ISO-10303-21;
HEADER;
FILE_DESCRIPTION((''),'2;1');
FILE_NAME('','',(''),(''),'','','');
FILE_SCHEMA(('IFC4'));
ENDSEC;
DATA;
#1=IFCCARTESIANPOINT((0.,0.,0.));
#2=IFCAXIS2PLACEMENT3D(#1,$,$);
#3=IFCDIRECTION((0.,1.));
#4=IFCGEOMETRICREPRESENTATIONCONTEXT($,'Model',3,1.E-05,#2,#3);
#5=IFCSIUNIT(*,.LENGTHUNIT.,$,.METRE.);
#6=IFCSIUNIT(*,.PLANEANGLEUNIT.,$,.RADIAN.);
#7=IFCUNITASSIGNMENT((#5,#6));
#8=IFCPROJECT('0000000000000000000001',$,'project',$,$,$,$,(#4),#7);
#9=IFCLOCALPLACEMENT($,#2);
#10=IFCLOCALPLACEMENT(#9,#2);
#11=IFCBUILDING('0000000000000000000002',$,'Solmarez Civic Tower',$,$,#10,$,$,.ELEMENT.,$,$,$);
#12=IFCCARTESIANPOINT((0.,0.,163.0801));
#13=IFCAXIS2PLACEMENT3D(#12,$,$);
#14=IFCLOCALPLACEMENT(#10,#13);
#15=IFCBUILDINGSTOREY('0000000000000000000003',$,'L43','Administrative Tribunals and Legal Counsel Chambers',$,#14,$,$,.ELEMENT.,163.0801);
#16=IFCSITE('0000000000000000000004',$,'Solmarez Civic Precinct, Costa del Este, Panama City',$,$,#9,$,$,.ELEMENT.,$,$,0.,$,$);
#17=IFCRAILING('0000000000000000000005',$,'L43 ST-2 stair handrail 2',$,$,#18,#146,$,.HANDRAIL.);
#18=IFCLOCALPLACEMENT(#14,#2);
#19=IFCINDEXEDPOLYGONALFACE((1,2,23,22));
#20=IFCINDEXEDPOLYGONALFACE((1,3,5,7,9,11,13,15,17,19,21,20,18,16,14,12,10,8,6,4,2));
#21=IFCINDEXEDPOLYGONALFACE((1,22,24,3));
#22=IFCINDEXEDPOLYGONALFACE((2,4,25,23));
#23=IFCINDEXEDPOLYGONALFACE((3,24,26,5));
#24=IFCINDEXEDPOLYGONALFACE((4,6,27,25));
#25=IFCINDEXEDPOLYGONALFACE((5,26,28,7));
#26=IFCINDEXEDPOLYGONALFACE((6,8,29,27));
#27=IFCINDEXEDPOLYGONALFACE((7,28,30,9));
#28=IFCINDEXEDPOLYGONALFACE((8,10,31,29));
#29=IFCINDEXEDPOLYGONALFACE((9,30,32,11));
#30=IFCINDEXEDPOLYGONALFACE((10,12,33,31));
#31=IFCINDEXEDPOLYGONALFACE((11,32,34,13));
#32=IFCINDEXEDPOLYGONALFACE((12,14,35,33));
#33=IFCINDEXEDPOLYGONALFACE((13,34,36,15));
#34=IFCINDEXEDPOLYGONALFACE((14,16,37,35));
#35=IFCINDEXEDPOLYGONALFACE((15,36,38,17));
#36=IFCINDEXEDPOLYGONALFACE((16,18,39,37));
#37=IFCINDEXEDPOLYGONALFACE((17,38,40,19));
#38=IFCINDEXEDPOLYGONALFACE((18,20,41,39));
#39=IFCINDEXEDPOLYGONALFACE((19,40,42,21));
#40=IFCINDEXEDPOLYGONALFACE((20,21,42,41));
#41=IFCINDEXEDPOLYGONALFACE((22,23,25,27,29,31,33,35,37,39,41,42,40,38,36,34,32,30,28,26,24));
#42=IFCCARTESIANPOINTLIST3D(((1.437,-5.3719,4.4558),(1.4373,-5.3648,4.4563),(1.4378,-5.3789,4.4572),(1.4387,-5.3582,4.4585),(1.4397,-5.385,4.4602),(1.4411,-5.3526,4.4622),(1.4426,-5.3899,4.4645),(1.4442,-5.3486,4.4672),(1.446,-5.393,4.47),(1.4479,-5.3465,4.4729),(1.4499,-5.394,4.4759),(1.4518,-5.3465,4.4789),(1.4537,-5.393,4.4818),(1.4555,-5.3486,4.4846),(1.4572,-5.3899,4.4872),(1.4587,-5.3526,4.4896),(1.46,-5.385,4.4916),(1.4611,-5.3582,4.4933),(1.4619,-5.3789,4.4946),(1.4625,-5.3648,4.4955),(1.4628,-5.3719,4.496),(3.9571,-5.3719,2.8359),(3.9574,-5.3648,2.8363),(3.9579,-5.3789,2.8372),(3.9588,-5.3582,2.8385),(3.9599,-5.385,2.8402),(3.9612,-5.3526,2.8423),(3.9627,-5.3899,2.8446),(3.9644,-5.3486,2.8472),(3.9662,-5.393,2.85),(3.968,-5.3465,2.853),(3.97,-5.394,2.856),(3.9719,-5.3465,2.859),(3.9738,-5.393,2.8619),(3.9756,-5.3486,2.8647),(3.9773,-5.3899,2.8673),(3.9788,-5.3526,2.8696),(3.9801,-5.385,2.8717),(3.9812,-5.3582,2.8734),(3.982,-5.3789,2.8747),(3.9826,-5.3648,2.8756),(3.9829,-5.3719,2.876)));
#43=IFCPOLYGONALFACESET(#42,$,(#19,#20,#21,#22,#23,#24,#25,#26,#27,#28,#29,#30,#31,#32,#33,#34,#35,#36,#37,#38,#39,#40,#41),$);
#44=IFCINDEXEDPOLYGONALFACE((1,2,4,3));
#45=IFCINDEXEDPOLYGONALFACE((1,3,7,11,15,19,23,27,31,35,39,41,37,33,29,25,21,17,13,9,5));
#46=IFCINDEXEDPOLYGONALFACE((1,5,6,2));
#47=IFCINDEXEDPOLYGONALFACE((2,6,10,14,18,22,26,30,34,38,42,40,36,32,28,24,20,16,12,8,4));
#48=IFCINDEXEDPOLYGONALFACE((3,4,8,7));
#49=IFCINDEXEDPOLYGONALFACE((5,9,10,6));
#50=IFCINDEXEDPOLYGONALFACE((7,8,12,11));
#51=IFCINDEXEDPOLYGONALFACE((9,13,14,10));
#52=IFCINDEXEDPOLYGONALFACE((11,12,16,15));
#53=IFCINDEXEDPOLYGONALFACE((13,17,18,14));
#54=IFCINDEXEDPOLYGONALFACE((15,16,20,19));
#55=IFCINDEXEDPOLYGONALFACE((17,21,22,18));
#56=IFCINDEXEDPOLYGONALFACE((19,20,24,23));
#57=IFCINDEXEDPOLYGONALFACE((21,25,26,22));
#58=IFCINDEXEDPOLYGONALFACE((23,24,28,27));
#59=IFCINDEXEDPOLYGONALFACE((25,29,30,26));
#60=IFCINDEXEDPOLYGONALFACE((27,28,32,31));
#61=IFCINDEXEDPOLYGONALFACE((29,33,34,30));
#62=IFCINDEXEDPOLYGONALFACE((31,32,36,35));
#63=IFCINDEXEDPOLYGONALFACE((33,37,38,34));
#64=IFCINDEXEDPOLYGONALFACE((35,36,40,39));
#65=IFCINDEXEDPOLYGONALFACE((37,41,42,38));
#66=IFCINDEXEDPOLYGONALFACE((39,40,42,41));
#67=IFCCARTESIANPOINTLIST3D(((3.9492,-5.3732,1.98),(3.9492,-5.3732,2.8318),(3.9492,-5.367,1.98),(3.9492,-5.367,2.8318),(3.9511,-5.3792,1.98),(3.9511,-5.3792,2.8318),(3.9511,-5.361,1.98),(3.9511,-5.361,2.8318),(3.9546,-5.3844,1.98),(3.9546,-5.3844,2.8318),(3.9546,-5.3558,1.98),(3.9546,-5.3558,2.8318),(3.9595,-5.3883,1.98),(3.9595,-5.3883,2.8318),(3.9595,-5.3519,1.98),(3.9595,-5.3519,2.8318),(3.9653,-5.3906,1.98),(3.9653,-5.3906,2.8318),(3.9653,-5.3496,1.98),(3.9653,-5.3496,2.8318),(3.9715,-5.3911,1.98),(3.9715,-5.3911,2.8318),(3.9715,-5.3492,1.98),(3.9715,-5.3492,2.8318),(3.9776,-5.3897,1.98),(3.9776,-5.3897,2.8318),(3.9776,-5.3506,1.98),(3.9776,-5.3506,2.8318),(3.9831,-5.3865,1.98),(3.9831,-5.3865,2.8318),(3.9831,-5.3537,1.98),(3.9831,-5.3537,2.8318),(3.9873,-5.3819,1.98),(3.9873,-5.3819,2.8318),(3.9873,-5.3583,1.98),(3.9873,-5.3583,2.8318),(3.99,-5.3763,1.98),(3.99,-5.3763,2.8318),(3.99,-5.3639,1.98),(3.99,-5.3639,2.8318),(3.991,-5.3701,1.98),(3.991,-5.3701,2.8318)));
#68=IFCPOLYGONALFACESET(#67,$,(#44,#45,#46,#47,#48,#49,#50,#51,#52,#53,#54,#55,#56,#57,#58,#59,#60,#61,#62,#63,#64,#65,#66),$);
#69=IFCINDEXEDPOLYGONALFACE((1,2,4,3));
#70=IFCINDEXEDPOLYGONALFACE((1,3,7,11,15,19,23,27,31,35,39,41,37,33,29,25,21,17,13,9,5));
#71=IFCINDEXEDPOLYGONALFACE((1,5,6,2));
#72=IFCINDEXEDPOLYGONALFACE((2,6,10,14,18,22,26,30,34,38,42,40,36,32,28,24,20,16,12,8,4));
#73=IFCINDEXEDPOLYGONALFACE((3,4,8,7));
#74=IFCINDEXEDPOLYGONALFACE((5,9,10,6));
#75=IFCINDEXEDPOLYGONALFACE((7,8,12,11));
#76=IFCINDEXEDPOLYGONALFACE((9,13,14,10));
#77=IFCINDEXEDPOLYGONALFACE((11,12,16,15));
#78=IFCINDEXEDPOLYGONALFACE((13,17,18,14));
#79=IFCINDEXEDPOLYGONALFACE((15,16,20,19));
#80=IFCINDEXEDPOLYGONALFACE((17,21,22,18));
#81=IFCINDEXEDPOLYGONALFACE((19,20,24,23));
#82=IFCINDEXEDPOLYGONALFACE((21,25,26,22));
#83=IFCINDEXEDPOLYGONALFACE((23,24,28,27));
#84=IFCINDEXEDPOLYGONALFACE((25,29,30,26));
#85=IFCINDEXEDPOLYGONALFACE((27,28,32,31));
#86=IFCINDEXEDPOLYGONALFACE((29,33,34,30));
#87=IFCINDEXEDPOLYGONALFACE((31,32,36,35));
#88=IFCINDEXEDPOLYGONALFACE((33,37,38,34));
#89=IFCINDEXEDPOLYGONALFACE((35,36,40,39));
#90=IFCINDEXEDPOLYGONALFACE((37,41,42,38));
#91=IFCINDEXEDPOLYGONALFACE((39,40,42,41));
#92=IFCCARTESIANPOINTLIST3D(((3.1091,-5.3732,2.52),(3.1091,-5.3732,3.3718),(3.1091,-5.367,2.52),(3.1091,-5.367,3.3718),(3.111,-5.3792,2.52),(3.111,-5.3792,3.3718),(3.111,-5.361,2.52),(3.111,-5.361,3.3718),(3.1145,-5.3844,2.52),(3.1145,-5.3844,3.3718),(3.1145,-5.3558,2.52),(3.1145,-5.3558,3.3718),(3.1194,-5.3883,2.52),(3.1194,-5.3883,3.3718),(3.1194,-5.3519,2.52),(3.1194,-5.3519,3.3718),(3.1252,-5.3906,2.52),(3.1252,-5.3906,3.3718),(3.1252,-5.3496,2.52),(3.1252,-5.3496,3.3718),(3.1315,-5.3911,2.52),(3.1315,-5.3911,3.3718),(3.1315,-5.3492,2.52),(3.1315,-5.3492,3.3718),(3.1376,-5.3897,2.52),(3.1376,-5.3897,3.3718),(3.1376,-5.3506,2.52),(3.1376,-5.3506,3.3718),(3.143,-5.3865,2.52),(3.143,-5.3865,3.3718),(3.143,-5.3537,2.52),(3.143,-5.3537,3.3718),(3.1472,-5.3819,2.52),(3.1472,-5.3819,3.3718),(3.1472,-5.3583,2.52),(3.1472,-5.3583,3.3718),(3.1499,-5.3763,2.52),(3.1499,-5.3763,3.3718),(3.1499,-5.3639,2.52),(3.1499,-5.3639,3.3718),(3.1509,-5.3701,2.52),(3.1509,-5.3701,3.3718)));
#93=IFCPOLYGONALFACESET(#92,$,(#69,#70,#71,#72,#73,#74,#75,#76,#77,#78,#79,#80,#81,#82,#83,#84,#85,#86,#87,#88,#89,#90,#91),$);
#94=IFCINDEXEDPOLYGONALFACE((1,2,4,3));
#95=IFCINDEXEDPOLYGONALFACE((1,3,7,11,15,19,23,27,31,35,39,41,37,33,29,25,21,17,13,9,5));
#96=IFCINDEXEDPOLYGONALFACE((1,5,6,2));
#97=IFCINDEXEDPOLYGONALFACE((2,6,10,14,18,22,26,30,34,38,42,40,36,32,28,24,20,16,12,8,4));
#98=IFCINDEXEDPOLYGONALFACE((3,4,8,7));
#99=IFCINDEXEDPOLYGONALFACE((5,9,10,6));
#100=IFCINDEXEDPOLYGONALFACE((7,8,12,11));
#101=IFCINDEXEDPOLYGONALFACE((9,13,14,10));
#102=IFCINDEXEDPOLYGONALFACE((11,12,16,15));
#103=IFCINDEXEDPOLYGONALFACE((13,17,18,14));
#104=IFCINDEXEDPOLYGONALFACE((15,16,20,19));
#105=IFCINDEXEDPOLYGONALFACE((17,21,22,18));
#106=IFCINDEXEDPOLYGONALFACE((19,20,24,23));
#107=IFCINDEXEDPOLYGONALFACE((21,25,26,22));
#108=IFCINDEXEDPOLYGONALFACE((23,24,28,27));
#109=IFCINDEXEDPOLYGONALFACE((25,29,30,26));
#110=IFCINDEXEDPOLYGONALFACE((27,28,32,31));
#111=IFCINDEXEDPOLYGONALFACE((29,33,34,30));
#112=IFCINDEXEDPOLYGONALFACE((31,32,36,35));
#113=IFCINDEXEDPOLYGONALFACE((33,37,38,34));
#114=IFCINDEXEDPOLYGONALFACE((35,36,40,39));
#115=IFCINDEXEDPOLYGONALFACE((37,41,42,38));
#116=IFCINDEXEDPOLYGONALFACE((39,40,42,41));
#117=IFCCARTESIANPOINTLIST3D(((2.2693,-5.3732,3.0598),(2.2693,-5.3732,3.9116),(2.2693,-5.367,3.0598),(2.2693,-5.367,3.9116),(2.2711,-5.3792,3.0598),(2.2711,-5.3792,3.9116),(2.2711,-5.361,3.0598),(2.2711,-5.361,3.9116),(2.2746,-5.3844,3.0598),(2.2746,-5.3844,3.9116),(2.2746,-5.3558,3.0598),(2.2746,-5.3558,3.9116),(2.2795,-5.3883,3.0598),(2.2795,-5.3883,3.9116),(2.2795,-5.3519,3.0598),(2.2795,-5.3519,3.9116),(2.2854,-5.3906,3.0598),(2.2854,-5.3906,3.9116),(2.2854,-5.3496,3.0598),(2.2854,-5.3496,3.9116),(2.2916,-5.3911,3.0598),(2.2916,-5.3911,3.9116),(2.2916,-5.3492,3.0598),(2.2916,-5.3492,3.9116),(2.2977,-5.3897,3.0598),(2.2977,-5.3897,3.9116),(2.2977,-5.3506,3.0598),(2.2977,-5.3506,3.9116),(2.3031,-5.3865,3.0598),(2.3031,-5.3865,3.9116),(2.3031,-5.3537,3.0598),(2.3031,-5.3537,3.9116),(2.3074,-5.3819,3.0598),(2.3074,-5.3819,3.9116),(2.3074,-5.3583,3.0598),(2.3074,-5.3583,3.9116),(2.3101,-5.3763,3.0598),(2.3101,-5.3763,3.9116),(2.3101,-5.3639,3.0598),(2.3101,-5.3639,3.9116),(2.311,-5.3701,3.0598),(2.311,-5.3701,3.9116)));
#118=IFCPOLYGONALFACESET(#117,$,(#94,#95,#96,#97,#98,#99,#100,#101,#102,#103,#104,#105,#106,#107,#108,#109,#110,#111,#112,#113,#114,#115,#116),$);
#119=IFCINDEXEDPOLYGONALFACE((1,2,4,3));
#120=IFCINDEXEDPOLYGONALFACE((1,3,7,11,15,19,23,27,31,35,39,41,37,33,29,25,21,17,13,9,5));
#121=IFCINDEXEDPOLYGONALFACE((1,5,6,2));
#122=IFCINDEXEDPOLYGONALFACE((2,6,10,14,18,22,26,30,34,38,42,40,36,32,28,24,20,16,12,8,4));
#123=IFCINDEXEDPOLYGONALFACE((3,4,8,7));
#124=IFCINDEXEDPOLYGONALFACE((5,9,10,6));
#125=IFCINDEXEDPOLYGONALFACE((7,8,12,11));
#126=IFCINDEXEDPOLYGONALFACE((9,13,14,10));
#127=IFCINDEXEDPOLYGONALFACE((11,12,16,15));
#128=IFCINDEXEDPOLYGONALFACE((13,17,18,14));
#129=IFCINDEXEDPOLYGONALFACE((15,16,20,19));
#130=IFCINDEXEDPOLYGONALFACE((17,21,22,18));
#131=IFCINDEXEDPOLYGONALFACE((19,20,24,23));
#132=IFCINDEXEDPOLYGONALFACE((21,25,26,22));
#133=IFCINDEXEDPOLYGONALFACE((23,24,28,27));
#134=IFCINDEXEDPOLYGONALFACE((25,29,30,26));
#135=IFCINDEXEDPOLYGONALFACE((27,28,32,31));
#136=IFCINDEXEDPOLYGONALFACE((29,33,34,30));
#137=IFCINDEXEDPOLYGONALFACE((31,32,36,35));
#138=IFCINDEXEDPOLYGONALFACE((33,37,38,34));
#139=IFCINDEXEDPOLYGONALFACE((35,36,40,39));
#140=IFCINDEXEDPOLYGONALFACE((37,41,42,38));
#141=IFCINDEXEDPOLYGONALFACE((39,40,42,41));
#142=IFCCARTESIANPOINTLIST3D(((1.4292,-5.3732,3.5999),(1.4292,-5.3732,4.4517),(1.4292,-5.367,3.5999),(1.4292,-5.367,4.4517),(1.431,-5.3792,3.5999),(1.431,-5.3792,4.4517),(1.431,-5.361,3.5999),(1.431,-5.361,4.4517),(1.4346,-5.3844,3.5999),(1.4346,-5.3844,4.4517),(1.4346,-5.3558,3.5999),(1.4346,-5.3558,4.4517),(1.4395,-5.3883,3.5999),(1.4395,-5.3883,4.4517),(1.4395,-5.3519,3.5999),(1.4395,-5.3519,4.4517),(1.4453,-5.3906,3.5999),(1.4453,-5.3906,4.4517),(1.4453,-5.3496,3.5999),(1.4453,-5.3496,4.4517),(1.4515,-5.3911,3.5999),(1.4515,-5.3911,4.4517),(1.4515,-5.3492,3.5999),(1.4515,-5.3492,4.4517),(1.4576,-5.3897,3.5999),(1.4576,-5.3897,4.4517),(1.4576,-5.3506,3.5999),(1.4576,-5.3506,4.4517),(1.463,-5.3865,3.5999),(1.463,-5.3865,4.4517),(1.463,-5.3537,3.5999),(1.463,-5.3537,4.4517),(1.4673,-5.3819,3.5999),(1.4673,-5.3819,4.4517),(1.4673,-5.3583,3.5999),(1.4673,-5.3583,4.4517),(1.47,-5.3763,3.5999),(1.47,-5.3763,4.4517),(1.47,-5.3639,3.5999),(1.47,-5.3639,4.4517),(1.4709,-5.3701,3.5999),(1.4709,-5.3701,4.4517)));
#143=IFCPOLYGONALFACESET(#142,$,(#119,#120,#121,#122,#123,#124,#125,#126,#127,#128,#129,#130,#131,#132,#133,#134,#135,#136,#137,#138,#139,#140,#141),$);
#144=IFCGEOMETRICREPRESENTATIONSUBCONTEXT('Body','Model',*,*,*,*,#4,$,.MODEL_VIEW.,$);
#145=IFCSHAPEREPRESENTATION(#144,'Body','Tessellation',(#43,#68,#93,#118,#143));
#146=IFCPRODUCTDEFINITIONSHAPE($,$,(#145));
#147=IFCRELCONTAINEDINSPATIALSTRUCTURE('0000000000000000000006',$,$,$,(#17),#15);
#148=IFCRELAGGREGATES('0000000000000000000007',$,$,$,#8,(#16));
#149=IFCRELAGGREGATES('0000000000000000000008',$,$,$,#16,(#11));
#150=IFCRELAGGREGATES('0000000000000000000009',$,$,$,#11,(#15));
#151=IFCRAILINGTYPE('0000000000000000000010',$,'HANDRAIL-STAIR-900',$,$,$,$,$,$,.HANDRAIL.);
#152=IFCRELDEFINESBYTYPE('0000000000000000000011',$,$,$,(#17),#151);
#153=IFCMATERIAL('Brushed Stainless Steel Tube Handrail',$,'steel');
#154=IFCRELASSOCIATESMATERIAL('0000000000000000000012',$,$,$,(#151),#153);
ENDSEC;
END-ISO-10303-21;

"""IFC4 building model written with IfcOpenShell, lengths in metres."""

from ifc_helpers import new_model, si_unit, direction, frame, origin, origin_2d, place, context, subcontext, project, spatial, circle, extrude, material, type_object, element, save


model = new_model("IFC4")

# Units and contexts
model_context = context("Model", 3, precision=1e-05, world=origin(), true_north=direction((0.0, 1.0)))
body_context = subcontext(model_context, "Body", "Model", "MODEL_VIEW")
ifc_project = project(units=[si_unit("LENGTHUNIT", "METRE"), si_unit("PLANEANGLEUNIT", "RADIAN")], contexts=[model_context])

# Site, building, storey
site_placement = place(None, origin())
site = spatial("IfcSite", under=ifc_project, at=site_placement, Name="Solmarez Civic Precinct, Costa del Este, Panama City", CompositionType="ELEMENT", RefElevation=0.0)
building_placement = place(site_placement, origin())
building = spatial("IfcBuilding", under=site, at=building_placement, Name="Solmarez Civic Tower", CompositionType="ELEMENT")
storey_placement = place(building_placement, frame((0.0, 0.0, 163.0801)))
storey = spatial("IfcBuildingStorey", under=building, at=storey_placement, Name="L43", Description="Administrative Tribunals and Legal Counsel Chambers", CompositionType="ELEMENT", Elevation=163.0801)

# Railing
ifc_material_1 = material(Name="Brushed Stainless Steel Tube Handrail", Category="steel")
railing_type_1 = type_object("IfcRailingType", Name="HANDRAIL-STAIR-900", PredefinedType="HANDRAIL", material=ifc_material_1)
railing_1_placement = place(storey_placement, frame((3.97, -5.3701, 1.98)))
element("IfcRailing", 1, at=railing_1_placement, inside=storey, type_object=railing_type_1, Name="L43 ST-2 stair handrail 2", PredefinedType="HANDRAIL", context=body_context, shape_type="SweptSolid", body=[
    extrude(circle(Radius=0.0239, at=origin_2d()), frame((0.0, 0.0, 0.876), z_axis=(-0.8412, 0.0, 0.540725), x_axis=(0.0, -1.0, 0.0)), (0.0, 0.0, 1.0), 2.9958),
    extrude(circle(Radius=0.021, at=origin_2d()), origin(), (0.0, 0.0, 1.0), 0.8518),
    extrude(circle(Radius=0.021, at=origin_2d()), frame((-0.8401, 0.0, 0.54)), (0.0, 0.0, 1.0), 0.8518),
    extrude(circle(Radius=0.021, at=origin_2d()), frame((-1.6799, 0.0, 1.0798)), (0.0, 0.0, 1.0), 0.8518),
    extrude(circle(Radius=0.021, at=origin_2d()), frame((-2.52, 0.0, 1.6199)), (0.0, 0.0, 1.0), 0.8518),
])

save(model, "model.ifc")
